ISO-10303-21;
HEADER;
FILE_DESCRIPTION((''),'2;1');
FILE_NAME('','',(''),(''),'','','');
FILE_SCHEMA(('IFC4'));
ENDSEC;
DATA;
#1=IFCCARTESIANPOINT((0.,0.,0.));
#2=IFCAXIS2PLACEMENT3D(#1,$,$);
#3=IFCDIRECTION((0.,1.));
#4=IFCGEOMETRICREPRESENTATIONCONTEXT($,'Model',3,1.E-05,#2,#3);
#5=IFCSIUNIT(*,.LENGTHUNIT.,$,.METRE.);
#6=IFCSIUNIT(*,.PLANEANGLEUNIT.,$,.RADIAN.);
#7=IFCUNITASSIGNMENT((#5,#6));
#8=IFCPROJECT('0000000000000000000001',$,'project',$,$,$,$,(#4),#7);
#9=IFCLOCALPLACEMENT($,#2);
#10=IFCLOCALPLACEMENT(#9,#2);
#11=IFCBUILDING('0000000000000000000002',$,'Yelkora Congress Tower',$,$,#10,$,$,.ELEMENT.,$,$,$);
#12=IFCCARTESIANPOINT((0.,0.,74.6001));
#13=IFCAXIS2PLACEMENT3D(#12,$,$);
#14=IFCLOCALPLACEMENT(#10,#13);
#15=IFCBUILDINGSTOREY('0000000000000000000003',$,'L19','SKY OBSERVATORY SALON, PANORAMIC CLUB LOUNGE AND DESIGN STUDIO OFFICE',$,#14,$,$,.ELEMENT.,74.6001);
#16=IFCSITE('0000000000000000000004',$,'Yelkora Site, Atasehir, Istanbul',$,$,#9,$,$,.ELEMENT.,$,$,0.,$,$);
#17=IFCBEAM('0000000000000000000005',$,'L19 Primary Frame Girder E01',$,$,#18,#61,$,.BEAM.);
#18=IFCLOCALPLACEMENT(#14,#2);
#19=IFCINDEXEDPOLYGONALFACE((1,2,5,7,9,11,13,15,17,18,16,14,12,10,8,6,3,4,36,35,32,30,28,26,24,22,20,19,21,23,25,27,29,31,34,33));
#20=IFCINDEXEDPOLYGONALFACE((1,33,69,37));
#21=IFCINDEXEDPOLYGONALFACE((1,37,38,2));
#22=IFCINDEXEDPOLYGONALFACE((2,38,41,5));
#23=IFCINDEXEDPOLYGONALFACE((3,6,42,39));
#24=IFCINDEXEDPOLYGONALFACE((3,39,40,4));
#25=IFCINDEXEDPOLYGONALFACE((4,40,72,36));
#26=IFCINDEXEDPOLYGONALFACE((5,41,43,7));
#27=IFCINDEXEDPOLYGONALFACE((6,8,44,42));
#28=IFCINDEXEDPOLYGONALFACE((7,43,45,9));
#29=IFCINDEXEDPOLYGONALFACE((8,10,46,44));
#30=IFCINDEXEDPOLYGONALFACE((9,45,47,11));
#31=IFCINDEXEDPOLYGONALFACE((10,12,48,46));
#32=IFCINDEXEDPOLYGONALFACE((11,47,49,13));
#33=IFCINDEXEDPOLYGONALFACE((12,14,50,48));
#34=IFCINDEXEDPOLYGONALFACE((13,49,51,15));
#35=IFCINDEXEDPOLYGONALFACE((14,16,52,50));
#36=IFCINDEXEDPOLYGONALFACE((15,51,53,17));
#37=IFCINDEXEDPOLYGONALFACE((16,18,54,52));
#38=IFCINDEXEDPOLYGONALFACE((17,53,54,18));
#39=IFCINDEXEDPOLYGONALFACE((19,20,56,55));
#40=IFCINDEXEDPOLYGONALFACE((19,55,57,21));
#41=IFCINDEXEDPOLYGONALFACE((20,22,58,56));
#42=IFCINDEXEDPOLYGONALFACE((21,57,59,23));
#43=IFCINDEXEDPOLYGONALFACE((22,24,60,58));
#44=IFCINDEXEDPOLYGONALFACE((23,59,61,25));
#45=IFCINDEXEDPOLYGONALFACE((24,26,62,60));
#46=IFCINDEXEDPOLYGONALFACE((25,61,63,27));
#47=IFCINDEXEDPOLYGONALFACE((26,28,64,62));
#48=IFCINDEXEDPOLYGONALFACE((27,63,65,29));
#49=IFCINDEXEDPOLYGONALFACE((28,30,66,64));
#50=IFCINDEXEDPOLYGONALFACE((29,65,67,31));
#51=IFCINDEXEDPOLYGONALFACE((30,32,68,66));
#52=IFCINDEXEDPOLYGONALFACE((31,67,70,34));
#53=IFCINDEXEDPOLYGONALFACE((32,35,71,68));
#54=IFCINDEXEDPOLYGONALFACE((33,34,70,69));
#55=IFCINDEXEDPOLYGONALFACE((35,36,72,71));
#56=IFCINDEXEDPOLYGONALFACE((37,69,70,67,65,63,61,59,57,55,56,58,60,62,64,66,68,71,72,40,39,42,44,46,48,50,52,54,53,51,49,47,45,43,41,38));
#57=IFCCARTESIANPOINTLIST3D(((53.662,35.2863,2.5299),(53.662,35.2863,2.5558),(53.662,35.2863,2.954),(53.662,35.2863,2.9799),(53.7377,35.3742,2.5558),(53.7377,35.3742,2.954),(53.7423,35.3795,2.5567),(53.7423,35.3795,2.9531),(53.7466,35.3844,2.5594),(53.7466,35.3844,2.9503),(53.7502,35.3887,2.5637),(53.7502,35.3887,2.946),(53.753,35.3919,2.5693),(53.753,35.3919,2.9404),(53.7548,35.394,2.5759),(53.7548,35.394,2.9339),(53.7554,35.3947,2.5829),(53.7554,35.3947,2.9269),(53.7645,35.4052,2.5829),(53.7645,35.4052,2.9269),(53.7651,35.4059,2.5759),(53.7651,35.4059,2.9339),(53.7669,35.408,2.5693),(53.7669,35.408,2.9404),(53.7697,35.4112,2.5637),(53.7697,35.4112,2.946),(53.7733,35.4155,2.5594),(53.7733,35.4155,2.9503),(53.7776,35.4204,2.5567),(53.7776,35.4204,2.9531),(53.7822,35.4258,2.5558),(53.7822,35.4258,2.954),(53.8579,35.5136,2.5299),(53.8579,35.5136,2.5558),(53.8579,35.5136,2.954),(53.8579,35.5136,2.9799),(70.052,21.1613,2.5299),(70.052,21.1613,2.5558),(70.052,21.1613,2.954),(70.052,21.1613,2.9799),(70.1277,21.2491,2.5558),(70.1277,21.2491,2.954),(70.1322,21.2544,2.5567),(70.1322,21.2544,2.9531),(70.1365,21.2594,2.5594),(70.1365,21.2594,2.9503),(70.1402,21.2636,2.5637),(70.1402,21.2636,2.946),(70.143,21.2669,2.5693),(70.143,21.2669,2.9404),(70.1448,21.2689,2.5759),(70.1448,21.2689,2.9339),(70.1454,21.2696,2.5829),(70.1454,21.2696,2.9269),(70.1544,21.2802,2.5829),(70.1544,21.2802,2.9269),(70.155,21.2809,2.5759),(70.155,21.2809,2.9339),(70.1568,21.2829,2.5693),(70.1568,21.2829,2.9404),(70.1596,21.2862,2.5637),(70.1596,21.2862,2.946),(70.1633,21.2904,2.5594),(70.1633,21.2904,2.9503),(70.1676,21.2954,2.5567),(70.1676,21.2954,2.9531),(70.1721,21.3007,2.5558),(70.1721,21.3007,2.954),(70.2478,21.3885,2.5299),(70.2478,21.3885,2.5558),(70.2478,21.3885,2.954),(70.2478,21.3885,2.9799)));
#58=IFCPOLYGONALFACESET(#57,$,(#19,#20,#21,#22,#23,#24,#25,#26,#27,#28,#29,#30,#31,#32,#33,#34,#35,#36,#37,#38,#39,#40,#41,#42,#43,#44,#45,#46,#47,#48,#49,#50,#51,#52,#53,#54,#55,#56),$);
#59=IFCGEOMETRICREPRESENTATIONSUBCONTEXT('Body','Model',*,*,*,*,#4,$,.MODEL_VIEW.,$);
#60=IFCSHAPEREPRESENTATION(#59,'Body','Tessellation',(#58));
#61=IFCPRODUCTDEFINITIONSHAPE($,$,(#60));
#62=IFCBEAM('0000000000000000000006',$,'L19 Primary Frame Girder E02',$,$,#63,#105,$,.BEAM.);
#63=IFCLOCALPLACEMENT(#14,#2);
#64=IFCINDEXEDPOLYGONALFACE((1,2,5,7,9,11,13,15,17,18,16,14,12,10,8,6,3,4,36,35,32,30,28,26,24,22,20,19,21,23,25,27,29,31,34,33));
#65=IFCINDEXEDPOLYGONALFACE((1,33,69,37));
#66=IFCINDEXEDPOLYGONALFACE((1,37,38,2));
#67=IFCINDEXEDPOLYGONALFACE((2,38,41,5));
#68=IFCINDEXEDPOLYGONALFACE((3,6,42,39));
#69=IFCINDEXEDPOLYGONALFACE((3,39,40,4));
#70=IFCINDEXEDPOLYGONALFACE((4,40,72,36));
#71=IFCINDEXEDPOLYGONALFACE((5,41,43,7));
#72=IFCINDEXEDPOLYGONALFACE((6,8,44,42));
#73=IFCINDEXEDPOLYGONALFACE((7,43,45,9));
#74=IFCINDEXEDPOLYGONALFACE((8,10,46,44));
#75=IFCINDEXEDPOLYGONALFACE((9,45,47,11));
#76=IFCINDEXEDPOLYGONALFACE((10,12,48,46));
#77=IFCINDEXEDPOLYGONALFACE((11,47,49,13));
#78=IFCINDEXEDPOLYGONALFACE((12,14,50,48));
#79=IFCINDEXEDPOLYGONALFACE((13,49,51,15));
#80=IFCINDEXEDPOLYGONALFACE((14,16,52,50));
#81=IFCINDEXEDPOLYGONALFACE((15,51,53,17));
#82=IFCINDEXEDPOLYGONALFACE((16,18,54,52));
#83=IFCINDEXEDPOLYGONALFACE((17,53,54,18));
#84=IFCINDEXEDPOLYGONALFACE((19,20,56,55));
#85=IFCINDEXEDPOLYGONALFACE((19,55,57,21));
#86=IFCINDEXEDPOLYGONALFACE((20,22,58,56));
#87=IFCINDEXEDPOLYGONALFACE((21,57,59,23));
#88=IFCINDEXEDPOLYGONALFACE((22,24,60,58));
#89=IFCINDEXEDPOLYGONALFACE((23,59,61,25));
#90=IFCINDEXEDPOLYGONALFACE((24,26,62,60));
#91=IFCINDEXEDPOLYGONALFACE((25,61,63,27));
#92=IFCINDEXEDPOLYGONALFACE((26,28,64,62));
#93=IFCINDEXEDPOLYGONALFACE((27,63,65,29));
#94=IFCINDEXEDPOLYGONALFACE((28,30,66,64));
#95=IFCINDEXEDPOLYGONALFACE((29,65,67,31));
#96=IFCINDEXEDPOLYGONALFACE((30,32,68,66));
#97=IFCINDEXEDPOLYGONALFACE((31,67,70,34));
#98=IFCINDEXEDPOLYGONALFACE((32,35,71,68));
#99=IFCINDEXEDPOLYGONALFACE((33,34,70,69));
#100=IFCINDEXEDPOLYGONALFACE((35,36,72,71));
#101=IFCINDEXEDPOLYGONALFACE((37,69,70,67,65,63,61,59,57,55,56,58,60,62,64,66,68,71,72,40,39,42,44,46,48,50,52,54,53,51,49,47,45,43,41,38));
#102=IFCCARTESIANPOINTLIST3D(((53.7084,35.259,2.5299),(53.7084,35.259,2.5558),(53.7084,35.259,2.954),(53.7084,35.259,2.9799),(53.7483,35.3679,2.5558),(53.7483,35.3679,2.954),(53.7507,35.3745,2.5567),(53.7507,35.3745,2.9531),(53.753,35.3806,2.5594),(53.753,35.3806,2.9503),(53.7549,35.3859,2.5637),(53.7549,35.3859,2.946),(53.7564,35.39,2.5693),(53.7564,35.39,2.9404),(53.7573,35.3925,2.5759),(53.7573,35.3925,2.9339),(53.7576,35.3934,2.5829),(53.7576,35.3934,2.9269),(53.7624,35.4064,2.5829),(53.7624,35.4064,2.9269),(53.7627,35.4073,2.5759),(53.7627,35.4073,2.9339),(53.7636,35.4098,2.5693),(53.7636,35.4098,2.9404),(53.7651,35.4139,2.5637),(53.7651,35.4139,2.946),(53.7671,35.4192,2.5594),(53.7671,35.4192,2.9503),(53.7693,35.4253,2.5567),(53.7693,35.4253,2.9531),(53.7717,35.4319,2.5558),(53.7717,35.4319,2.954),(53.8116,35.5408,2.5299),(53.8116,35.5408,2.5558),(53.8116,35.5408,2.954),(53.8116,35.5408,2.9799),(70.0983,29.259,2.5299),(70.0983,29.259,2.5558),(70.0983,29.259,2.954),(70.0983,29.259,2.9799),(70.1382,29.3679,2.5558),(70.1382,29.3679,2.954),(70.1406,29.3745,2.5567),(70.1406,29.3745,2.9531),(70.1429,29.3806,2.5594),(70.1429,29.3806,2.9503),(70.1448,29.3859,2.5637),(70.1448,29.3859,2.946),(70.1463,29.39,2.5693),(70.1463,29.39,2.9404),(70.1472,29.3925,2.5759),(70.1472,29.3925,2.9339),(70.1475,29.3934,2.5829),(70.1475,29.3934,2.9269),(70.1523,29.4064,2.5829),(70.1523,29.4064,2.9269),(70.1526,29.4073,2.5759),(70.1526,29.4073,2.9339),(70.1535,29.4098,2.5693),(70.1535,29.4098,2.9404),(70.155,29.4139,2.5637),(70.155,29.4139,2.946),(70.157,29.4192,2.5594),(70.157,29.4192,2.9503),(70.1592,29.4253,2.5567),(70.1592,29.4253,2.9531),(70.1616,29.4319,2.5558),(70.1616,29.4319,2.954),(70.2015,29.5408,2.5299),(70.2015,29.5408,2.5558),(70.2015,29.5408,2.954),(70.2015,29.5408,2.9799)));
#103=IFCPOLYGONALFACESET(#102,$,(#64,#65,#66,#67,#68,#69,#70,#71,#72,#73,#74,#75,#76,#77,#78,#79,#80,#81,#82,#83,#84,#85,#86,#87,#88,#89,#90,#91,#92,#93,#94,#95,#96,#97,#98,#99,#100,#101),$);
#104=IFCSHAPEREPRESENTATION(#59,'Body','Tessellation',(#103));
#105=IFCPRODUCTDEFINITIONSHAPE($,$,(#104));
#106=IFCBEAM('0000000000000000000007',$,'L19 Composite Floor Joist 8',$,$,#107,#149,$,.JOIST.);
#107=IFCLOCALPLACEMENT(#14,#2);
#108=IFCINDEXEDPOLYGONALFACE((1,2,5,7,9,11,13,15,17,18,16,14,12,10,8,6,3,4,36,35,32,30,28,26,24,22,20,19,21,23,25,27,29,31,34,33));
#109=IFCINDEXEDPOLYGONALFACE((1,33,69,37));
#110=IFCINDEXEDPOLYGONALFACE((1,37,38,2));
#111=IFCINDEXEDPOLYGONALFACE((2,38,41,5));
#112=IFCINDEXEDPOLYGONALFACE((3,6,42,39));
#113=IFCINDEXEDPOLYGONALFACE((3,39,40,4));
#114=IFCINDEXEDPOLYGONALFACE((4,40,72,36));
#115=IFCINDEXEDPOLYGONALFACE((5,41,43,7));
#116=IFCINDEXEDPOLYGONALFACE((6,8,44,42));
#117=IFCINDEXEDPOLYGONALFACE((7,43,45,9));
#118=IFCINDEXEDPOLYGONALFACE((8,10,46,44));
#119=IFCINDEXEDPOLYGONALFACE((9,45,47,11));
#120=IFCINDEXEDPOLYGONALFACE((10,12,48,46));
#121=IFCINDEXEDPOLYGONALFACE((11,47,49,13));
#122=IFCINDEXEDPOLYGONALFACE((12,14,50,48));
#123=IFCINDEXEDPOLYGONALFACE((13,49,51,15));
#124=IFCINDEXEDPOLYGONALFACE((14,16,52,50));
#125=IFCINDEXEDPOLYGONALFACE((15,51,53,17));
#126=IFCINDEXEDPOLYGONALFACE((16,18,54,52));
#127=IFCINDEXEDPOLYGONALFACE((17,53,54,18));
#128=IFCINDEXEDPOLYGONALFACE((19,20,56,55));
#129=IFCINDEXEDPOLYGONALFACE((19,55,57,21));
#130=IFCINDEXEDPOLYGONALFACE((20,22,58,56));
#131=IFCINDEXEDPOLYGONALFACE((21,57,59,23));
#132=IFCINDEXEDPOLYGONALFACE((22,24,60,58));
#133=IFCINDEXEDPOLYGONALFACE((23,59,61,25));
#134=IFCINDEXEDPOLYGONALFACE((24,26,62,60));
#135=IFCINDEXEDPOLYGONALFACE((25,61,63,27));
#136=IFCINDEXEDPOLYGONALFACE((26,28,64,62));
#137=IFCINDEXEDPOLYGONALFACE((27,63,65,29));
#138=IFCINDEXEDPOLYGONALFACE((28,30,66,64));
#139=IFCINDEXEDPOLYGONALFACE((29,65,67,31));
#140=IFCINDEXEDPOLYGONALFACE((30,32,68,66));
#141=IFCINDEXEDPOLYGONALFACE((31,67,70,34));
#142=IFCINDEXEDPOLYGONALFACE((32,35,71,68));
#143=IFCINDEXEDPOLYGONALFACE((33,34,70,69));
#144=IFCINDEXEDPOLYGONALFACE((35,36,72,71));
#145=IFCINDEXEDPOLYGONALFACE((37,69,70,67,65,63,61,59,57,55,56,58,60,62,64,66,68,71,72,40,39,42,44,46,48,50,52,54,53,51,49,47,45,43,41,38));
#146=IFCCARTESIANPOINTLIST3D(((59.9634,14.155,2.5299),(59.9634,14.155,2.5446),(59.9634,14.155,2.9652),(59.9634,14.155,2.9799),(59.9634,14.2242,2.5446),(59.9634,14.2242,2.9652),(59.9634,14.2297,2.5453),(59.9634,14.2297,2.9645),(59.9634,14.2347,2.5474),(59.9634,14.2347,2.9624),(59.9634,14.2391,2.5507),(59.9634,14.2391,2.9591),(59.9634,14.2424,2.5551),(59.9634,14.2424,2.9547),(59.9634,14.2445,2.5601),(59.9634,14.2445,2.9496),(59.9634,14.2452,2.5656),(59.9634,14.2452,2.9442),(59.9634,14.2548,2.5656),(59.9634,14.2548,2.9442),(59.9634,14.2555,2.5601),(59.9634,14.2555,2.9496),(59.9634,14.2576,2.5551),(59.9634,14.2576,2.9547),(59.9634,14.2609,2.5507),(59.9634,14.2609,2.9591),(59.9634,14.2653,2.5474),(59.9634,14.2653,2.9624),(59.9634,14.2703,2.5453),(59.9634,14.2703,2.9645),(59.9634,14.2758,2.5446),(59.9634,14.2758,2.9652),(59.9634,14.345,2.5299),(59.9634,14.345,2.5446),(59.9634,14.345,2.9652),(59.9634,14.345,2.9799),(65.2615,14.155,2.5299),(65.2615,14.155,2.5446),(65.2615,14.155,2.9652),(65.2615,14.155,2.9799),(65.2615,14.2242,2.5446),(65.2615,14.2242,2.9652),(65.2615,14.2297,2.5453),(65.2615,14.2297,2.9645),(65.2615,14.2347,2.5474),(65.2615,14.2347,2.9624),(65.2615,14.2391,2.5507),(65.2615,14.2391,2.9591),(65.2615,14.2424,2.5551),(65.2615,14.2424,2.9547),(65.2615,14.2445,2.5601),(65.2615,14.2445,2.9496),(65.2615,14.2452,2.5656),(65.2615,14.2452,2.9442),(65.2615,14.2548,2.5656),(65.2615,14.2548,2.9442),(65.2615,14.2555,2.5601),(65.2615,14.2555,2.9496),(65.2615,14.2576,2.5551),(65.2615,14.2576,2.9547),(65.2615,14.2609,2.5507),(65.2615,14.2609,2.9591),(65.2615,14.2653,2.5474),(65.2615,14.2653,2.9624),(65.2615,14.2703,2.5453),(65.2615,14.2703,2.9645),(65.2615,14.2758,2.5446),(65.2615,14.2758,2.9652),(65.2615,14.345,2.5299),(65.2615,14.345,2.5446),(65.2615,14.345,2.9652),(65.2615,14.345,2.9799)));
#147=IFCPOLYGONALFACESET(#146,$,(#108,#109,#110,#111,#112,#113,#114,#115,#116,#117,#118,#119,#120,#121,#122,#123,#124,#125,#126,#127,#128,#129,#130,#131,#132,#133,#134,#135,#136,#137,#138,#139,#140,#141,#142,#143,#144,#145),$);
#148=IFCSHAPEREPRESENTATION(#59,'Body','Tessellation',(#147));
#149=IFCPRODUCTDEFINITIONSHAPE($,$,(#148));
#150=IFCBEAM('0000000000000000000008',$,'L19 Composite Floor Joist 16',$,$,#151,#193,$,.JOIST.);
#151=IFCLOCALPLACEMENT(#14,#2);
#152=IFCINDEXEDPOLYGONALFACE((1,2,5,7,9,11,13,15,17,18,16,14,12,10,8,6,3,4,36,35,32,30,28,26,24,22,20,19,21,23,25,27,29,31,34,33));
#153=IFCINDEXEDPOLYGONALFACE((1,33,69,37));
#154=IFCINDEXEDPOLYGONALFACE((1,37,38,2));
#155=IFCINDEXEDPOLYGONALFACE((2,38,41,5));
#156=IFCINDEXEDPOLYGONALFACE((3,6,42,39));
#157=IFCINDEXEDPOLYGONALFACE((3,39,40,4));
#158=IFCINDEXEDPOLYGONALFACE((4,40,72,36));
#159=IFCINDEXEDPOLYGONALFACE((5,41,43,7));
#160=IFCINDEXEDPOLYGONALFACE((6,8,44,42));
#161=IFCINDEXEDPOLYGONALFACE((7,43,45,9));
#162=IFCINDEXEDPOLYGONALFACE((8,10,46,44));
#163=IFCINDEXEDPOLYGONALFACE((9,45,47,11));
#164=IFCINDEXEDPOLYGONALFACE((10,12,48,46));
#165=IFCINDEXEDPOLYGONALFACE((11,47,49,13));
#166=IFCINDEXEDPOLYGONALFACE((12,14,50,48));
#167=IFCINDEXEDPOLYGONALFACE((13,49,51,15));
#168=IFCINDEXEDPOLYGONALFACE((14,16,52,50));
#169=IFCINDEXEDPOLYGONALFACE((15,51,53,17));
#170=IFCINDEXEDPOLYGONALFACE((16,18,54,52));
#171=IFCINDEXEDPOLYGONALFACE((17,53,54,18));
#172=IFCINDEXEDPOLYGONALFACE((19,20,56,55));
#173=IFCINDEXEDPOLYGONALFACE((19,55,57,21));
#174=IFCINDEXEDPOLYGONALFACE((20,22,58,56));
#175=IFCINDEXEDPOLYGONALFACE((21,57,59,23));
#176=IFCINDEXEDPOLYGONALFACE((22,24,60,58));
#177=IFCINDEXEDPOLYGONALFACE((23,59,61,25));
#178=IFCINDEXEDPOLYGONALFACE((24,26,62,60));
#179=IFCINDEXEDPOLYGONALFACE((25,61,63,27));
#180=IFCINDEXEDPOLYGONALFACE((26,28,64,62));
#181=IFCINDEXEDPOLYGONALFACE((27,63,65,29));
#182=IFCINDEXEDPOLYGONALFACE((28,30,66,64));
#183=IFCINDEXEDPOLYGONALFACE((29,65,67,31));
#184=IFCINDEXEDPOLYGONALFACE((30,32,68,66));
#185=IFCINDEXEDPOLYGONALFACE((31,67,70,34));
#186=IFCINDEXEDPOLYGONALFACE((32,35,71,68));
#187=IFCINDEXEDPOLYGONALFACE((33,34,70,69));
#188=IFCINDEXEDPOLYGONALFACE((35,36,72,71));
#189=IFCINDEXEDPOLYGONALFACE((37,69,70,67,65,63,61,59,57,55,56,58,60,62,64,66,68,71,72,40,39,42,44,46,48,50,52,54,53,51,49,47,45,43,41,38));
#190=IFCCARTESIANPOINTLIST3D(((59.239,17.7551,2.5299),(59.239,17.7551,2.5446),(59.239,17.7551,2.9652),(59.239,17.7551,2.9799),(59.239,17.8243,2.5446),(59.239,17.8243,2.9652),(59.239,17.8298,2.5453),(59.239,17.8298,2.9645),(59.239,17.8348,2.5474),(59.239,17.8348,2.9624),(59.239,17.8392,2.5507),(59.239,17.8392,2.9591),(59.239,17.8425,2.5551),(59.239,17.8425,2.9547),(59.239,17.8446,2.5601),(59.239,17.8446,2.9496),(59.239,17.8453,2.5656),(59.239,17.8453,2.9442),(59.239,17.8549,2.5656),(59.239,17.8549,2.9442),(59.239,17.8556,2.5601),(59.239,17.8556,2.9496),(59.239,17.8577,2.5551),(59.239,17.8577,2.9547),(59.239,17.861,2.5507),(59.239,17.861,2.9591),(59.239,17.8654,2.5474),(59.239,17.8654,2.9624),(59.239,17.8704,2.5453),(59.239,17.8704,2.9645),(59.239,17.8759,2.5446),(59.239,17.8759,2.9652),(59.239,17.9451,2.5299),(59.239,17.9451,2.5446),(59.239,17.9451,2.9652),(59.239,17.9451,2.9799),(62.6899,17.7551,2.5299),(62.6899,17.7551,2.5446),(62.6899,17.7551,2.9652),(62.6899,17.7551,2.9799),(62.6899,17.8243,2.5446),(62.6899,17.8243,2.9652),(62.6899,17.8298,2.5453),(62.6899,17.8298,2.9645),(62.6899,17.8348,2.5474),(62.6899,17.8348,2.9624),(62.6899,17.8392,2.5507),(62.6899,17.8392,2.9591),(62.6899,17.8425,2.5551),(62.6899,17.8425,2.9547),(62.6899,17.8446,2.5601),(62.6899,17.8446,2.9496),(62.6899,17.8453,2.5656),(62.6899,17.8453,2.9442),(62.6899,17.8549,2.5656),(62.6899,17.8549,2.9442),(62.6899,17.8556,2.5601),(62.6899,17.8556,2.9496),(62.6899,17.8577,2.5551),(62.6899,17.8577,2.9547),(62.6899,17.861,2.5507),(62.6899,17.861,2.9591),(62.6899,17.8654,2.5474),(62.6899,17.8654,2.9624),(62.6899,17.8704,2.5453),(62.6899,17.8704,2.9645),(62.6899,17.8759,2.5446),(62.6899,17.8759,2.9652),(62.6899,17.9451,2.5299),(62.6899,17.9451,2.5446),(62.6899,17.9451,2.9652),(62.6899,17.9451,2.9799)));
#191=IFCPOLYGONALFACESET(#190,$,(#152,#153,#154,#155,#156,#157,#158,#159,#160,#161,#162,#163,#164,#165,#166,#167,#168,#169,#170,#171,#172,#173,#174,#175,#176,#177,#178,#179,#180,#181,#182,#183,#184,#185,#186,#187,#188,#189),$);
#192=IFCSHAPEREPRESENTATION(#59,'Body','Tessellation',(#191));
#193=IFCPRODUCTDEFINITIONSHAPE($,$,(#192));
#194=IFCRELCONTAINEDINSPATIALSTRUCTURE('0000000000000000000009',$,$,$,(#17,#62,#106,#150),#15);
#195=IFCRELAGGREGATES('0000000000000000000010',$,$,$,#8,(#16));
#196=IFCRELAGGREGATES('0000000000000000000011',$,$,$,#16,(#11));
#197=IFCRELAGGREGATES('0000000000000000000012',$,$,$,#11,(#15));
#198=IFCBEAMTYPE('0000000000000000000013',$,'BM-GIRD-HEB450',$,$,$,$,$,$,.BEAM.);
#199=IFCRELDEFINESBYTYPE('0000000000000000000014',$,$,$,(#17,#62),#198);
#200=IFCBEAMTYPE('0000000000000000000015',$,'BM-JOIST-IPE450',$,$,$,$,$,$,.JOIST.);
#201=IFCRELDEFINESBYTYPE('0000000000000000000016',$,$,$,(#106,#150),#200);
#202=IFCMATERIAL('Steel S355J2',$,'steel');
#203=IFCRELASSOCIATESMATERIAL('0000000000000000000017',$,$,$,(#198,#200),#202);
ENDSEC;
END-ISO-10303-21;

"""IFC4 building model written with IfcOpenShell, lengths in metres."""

from ifc_helpers import new_model, si_unit, direction, frame, origin, origin_2d, place, context, subcontext, project, spatial, i_section, extrude, material, material_profile, profile_set, type_object, element, save


model = new_model("IFC4")

# Units and contexts
model_context = context("Model", 3, precision=1e-05, world=origin(), true_north=direction((0.0, 1.0)))
body_context = subcontext(model_context, "Body", "Model", "MODEL_VIEW")
ifc_project = project(units=[si_unit("LENGTHUNIT", "METRE"), si_unit("PLANEANGLEUNIT", "RADIAN")], contexts=[model_context])

# Site, building, storey
site_placement = place(None, origin())
site = spatial("IfcSite", under=ifc_project, at=site_placement, Name="Yelkora Site, Atasehir, Istanbul", CompositionType="ELEMENT", RefElevation=0.0)
building_placement = place(site_placement, origin())
building = spatial("IfcBuilding", under=site, at=building_placement, Name="Yelkora Congress Tower", CompositionType="ELEMENT")
storey_placement = place(building_placement, frame((0.0, 0.0, 74.6001)))
storey = spatial("IfcBuildingStorey", under=building, at=storey_placement, Name="L19", Description="SKY OBSERVATORY SALON, PANORAMIC CLUB LOUNGE AND DESIGN STUDIO OFFICE", CompositionType="ELEMENT", Elevation=74.6001)

# Beams
ifc_material_1 = material(Name="Steel S355J2", Category="steel")
ifc_material_profile_1 = material_profile(ifc_material_1, i_section(OverallWidth=0.3, OverallDepth=0.45, WebThickness=0.0139, FlangeThickness=0.0259, FilletRadius=0.0271, at=origin_2d()), Name="HEB 450")
ifc_profile_set_1 = profile_set([ifc_material_profile_1], Name="Steel S355J2")
beam_type_1 = type_object("IfcBeamType", Name="BM-GIRD-HEB450", PredefinedType="BEAM", material=ifc_profile_set_1)
beam_1_placement = place(storey_placement, frame((70.1499, 21.2749, 2.7549), z_axis=(-0.757506, 0.652828, 0.0), x_axis=(-0.652828, -0.757506, 0.0)))
element("IfcBeam", 1, at=beam_1_placement, inside=storey, type_object=beam_type_1, Name="L19 Primary Frame Girder E01", PredefinedType="BEAM", context=body_context, shape_type="SweptSolid", body=[
    extrude(i_section(OverallWidth=0.3, OverallDepth=0.45, WebThickness=0.0139, FlangeThickness=0.0259, FilletRadius=0.0271, at=origin_2d()), origin(), (0.0, 0.0, 1.0), 21.6367),
])
beam_2_placement = place(storey_placement, frame((70.1499, 29.3999, 2.7549), z_axis=(-0.939054, 0.343768, 0.0), x_axis=(-0.343768, -0.939054, 0.0)))
element("IfcBeam", 2, at=beam_2_placement, inside=storey, type_object=beam_type_1, Name="L19 Primary Frame Girder E02", PredefinedType="BEAM", context=body_context, shape_type="SweptSolid", body=[
    extrude(i_section(OverallWidth=0.3, OverallDepth=0.45, WebThickness=0.0139, FlangeThickness=0.0259, FilletRadius=0.0271, at=origin_2d()), origin(), (0.0, 0.0, 1.0), 17.4536),
])
ifc_material_profile_2 = material_profile(ifc_material_1, i_section(OverallWidth=0.1899, OverallDepth=0.45, WebThickness=0.0095, FlangeThickness=0.0146, FilletRadius=0.021, at=origin_2d()), Name="IPE 450")
ifc_profile_set_2 = profile_set([ifc_material_profile_2], Name="Steel S355J2")
beam_type_2 = type_object("IfcBeamType", Name="BM-JOIST-IPE450", PredefinedType="JOIST", material=ifc_profile_set_2)
beam_3_placement = place(storey_placement, frame((59.9634, 14.25, 2.7549), z_axis=(1.0, 0.0, 0.0), x_axis=(0.0, 1.0, 0.0)))
element("IfcBeam", 3, at=beam_3_placement, inside=storey, type_object=beam_type_2, Name="L19 Composite Floor Joist 8", PredefinedType="JOIST", context=body_context, shape_type="SweptSolid", body=[
    extrude(i_section(OverallWidth=0.1899, OverallDepth=0.45, WebThickness=0.0095, FlangeThickness=0.0146, FilletRadius=0.021, at=origin_2d()), origin(), (0.0, 0.0, 1.0), 5.2981),
])
beam_4_placement = place(storey_placement, frame((59.239, 17.8501, 2.7549), z_axis=(1.0, 0.0, 0.0), x_axis=(0.0, 1.0, 0.0)))
element("IfcBeam", 4, at=beam_4_placement, inside=storey, type_object=beam_type_2, Name="L19 Composite Floor Joist 16", PredefinedType="JOIST", context=body_context, shape_type="SweptSolid", body=[
    extrude(i_section(OverallWidth=0.1899, OverallDepth=0.45, WebThickness=0.0095, FlangeThickness=0.0146, FilletRadius=0.021, at=origin_2d()), origin(), (0.0, 0.0, 1.0), 3.4509),
])

save(model, "model.ifc")
